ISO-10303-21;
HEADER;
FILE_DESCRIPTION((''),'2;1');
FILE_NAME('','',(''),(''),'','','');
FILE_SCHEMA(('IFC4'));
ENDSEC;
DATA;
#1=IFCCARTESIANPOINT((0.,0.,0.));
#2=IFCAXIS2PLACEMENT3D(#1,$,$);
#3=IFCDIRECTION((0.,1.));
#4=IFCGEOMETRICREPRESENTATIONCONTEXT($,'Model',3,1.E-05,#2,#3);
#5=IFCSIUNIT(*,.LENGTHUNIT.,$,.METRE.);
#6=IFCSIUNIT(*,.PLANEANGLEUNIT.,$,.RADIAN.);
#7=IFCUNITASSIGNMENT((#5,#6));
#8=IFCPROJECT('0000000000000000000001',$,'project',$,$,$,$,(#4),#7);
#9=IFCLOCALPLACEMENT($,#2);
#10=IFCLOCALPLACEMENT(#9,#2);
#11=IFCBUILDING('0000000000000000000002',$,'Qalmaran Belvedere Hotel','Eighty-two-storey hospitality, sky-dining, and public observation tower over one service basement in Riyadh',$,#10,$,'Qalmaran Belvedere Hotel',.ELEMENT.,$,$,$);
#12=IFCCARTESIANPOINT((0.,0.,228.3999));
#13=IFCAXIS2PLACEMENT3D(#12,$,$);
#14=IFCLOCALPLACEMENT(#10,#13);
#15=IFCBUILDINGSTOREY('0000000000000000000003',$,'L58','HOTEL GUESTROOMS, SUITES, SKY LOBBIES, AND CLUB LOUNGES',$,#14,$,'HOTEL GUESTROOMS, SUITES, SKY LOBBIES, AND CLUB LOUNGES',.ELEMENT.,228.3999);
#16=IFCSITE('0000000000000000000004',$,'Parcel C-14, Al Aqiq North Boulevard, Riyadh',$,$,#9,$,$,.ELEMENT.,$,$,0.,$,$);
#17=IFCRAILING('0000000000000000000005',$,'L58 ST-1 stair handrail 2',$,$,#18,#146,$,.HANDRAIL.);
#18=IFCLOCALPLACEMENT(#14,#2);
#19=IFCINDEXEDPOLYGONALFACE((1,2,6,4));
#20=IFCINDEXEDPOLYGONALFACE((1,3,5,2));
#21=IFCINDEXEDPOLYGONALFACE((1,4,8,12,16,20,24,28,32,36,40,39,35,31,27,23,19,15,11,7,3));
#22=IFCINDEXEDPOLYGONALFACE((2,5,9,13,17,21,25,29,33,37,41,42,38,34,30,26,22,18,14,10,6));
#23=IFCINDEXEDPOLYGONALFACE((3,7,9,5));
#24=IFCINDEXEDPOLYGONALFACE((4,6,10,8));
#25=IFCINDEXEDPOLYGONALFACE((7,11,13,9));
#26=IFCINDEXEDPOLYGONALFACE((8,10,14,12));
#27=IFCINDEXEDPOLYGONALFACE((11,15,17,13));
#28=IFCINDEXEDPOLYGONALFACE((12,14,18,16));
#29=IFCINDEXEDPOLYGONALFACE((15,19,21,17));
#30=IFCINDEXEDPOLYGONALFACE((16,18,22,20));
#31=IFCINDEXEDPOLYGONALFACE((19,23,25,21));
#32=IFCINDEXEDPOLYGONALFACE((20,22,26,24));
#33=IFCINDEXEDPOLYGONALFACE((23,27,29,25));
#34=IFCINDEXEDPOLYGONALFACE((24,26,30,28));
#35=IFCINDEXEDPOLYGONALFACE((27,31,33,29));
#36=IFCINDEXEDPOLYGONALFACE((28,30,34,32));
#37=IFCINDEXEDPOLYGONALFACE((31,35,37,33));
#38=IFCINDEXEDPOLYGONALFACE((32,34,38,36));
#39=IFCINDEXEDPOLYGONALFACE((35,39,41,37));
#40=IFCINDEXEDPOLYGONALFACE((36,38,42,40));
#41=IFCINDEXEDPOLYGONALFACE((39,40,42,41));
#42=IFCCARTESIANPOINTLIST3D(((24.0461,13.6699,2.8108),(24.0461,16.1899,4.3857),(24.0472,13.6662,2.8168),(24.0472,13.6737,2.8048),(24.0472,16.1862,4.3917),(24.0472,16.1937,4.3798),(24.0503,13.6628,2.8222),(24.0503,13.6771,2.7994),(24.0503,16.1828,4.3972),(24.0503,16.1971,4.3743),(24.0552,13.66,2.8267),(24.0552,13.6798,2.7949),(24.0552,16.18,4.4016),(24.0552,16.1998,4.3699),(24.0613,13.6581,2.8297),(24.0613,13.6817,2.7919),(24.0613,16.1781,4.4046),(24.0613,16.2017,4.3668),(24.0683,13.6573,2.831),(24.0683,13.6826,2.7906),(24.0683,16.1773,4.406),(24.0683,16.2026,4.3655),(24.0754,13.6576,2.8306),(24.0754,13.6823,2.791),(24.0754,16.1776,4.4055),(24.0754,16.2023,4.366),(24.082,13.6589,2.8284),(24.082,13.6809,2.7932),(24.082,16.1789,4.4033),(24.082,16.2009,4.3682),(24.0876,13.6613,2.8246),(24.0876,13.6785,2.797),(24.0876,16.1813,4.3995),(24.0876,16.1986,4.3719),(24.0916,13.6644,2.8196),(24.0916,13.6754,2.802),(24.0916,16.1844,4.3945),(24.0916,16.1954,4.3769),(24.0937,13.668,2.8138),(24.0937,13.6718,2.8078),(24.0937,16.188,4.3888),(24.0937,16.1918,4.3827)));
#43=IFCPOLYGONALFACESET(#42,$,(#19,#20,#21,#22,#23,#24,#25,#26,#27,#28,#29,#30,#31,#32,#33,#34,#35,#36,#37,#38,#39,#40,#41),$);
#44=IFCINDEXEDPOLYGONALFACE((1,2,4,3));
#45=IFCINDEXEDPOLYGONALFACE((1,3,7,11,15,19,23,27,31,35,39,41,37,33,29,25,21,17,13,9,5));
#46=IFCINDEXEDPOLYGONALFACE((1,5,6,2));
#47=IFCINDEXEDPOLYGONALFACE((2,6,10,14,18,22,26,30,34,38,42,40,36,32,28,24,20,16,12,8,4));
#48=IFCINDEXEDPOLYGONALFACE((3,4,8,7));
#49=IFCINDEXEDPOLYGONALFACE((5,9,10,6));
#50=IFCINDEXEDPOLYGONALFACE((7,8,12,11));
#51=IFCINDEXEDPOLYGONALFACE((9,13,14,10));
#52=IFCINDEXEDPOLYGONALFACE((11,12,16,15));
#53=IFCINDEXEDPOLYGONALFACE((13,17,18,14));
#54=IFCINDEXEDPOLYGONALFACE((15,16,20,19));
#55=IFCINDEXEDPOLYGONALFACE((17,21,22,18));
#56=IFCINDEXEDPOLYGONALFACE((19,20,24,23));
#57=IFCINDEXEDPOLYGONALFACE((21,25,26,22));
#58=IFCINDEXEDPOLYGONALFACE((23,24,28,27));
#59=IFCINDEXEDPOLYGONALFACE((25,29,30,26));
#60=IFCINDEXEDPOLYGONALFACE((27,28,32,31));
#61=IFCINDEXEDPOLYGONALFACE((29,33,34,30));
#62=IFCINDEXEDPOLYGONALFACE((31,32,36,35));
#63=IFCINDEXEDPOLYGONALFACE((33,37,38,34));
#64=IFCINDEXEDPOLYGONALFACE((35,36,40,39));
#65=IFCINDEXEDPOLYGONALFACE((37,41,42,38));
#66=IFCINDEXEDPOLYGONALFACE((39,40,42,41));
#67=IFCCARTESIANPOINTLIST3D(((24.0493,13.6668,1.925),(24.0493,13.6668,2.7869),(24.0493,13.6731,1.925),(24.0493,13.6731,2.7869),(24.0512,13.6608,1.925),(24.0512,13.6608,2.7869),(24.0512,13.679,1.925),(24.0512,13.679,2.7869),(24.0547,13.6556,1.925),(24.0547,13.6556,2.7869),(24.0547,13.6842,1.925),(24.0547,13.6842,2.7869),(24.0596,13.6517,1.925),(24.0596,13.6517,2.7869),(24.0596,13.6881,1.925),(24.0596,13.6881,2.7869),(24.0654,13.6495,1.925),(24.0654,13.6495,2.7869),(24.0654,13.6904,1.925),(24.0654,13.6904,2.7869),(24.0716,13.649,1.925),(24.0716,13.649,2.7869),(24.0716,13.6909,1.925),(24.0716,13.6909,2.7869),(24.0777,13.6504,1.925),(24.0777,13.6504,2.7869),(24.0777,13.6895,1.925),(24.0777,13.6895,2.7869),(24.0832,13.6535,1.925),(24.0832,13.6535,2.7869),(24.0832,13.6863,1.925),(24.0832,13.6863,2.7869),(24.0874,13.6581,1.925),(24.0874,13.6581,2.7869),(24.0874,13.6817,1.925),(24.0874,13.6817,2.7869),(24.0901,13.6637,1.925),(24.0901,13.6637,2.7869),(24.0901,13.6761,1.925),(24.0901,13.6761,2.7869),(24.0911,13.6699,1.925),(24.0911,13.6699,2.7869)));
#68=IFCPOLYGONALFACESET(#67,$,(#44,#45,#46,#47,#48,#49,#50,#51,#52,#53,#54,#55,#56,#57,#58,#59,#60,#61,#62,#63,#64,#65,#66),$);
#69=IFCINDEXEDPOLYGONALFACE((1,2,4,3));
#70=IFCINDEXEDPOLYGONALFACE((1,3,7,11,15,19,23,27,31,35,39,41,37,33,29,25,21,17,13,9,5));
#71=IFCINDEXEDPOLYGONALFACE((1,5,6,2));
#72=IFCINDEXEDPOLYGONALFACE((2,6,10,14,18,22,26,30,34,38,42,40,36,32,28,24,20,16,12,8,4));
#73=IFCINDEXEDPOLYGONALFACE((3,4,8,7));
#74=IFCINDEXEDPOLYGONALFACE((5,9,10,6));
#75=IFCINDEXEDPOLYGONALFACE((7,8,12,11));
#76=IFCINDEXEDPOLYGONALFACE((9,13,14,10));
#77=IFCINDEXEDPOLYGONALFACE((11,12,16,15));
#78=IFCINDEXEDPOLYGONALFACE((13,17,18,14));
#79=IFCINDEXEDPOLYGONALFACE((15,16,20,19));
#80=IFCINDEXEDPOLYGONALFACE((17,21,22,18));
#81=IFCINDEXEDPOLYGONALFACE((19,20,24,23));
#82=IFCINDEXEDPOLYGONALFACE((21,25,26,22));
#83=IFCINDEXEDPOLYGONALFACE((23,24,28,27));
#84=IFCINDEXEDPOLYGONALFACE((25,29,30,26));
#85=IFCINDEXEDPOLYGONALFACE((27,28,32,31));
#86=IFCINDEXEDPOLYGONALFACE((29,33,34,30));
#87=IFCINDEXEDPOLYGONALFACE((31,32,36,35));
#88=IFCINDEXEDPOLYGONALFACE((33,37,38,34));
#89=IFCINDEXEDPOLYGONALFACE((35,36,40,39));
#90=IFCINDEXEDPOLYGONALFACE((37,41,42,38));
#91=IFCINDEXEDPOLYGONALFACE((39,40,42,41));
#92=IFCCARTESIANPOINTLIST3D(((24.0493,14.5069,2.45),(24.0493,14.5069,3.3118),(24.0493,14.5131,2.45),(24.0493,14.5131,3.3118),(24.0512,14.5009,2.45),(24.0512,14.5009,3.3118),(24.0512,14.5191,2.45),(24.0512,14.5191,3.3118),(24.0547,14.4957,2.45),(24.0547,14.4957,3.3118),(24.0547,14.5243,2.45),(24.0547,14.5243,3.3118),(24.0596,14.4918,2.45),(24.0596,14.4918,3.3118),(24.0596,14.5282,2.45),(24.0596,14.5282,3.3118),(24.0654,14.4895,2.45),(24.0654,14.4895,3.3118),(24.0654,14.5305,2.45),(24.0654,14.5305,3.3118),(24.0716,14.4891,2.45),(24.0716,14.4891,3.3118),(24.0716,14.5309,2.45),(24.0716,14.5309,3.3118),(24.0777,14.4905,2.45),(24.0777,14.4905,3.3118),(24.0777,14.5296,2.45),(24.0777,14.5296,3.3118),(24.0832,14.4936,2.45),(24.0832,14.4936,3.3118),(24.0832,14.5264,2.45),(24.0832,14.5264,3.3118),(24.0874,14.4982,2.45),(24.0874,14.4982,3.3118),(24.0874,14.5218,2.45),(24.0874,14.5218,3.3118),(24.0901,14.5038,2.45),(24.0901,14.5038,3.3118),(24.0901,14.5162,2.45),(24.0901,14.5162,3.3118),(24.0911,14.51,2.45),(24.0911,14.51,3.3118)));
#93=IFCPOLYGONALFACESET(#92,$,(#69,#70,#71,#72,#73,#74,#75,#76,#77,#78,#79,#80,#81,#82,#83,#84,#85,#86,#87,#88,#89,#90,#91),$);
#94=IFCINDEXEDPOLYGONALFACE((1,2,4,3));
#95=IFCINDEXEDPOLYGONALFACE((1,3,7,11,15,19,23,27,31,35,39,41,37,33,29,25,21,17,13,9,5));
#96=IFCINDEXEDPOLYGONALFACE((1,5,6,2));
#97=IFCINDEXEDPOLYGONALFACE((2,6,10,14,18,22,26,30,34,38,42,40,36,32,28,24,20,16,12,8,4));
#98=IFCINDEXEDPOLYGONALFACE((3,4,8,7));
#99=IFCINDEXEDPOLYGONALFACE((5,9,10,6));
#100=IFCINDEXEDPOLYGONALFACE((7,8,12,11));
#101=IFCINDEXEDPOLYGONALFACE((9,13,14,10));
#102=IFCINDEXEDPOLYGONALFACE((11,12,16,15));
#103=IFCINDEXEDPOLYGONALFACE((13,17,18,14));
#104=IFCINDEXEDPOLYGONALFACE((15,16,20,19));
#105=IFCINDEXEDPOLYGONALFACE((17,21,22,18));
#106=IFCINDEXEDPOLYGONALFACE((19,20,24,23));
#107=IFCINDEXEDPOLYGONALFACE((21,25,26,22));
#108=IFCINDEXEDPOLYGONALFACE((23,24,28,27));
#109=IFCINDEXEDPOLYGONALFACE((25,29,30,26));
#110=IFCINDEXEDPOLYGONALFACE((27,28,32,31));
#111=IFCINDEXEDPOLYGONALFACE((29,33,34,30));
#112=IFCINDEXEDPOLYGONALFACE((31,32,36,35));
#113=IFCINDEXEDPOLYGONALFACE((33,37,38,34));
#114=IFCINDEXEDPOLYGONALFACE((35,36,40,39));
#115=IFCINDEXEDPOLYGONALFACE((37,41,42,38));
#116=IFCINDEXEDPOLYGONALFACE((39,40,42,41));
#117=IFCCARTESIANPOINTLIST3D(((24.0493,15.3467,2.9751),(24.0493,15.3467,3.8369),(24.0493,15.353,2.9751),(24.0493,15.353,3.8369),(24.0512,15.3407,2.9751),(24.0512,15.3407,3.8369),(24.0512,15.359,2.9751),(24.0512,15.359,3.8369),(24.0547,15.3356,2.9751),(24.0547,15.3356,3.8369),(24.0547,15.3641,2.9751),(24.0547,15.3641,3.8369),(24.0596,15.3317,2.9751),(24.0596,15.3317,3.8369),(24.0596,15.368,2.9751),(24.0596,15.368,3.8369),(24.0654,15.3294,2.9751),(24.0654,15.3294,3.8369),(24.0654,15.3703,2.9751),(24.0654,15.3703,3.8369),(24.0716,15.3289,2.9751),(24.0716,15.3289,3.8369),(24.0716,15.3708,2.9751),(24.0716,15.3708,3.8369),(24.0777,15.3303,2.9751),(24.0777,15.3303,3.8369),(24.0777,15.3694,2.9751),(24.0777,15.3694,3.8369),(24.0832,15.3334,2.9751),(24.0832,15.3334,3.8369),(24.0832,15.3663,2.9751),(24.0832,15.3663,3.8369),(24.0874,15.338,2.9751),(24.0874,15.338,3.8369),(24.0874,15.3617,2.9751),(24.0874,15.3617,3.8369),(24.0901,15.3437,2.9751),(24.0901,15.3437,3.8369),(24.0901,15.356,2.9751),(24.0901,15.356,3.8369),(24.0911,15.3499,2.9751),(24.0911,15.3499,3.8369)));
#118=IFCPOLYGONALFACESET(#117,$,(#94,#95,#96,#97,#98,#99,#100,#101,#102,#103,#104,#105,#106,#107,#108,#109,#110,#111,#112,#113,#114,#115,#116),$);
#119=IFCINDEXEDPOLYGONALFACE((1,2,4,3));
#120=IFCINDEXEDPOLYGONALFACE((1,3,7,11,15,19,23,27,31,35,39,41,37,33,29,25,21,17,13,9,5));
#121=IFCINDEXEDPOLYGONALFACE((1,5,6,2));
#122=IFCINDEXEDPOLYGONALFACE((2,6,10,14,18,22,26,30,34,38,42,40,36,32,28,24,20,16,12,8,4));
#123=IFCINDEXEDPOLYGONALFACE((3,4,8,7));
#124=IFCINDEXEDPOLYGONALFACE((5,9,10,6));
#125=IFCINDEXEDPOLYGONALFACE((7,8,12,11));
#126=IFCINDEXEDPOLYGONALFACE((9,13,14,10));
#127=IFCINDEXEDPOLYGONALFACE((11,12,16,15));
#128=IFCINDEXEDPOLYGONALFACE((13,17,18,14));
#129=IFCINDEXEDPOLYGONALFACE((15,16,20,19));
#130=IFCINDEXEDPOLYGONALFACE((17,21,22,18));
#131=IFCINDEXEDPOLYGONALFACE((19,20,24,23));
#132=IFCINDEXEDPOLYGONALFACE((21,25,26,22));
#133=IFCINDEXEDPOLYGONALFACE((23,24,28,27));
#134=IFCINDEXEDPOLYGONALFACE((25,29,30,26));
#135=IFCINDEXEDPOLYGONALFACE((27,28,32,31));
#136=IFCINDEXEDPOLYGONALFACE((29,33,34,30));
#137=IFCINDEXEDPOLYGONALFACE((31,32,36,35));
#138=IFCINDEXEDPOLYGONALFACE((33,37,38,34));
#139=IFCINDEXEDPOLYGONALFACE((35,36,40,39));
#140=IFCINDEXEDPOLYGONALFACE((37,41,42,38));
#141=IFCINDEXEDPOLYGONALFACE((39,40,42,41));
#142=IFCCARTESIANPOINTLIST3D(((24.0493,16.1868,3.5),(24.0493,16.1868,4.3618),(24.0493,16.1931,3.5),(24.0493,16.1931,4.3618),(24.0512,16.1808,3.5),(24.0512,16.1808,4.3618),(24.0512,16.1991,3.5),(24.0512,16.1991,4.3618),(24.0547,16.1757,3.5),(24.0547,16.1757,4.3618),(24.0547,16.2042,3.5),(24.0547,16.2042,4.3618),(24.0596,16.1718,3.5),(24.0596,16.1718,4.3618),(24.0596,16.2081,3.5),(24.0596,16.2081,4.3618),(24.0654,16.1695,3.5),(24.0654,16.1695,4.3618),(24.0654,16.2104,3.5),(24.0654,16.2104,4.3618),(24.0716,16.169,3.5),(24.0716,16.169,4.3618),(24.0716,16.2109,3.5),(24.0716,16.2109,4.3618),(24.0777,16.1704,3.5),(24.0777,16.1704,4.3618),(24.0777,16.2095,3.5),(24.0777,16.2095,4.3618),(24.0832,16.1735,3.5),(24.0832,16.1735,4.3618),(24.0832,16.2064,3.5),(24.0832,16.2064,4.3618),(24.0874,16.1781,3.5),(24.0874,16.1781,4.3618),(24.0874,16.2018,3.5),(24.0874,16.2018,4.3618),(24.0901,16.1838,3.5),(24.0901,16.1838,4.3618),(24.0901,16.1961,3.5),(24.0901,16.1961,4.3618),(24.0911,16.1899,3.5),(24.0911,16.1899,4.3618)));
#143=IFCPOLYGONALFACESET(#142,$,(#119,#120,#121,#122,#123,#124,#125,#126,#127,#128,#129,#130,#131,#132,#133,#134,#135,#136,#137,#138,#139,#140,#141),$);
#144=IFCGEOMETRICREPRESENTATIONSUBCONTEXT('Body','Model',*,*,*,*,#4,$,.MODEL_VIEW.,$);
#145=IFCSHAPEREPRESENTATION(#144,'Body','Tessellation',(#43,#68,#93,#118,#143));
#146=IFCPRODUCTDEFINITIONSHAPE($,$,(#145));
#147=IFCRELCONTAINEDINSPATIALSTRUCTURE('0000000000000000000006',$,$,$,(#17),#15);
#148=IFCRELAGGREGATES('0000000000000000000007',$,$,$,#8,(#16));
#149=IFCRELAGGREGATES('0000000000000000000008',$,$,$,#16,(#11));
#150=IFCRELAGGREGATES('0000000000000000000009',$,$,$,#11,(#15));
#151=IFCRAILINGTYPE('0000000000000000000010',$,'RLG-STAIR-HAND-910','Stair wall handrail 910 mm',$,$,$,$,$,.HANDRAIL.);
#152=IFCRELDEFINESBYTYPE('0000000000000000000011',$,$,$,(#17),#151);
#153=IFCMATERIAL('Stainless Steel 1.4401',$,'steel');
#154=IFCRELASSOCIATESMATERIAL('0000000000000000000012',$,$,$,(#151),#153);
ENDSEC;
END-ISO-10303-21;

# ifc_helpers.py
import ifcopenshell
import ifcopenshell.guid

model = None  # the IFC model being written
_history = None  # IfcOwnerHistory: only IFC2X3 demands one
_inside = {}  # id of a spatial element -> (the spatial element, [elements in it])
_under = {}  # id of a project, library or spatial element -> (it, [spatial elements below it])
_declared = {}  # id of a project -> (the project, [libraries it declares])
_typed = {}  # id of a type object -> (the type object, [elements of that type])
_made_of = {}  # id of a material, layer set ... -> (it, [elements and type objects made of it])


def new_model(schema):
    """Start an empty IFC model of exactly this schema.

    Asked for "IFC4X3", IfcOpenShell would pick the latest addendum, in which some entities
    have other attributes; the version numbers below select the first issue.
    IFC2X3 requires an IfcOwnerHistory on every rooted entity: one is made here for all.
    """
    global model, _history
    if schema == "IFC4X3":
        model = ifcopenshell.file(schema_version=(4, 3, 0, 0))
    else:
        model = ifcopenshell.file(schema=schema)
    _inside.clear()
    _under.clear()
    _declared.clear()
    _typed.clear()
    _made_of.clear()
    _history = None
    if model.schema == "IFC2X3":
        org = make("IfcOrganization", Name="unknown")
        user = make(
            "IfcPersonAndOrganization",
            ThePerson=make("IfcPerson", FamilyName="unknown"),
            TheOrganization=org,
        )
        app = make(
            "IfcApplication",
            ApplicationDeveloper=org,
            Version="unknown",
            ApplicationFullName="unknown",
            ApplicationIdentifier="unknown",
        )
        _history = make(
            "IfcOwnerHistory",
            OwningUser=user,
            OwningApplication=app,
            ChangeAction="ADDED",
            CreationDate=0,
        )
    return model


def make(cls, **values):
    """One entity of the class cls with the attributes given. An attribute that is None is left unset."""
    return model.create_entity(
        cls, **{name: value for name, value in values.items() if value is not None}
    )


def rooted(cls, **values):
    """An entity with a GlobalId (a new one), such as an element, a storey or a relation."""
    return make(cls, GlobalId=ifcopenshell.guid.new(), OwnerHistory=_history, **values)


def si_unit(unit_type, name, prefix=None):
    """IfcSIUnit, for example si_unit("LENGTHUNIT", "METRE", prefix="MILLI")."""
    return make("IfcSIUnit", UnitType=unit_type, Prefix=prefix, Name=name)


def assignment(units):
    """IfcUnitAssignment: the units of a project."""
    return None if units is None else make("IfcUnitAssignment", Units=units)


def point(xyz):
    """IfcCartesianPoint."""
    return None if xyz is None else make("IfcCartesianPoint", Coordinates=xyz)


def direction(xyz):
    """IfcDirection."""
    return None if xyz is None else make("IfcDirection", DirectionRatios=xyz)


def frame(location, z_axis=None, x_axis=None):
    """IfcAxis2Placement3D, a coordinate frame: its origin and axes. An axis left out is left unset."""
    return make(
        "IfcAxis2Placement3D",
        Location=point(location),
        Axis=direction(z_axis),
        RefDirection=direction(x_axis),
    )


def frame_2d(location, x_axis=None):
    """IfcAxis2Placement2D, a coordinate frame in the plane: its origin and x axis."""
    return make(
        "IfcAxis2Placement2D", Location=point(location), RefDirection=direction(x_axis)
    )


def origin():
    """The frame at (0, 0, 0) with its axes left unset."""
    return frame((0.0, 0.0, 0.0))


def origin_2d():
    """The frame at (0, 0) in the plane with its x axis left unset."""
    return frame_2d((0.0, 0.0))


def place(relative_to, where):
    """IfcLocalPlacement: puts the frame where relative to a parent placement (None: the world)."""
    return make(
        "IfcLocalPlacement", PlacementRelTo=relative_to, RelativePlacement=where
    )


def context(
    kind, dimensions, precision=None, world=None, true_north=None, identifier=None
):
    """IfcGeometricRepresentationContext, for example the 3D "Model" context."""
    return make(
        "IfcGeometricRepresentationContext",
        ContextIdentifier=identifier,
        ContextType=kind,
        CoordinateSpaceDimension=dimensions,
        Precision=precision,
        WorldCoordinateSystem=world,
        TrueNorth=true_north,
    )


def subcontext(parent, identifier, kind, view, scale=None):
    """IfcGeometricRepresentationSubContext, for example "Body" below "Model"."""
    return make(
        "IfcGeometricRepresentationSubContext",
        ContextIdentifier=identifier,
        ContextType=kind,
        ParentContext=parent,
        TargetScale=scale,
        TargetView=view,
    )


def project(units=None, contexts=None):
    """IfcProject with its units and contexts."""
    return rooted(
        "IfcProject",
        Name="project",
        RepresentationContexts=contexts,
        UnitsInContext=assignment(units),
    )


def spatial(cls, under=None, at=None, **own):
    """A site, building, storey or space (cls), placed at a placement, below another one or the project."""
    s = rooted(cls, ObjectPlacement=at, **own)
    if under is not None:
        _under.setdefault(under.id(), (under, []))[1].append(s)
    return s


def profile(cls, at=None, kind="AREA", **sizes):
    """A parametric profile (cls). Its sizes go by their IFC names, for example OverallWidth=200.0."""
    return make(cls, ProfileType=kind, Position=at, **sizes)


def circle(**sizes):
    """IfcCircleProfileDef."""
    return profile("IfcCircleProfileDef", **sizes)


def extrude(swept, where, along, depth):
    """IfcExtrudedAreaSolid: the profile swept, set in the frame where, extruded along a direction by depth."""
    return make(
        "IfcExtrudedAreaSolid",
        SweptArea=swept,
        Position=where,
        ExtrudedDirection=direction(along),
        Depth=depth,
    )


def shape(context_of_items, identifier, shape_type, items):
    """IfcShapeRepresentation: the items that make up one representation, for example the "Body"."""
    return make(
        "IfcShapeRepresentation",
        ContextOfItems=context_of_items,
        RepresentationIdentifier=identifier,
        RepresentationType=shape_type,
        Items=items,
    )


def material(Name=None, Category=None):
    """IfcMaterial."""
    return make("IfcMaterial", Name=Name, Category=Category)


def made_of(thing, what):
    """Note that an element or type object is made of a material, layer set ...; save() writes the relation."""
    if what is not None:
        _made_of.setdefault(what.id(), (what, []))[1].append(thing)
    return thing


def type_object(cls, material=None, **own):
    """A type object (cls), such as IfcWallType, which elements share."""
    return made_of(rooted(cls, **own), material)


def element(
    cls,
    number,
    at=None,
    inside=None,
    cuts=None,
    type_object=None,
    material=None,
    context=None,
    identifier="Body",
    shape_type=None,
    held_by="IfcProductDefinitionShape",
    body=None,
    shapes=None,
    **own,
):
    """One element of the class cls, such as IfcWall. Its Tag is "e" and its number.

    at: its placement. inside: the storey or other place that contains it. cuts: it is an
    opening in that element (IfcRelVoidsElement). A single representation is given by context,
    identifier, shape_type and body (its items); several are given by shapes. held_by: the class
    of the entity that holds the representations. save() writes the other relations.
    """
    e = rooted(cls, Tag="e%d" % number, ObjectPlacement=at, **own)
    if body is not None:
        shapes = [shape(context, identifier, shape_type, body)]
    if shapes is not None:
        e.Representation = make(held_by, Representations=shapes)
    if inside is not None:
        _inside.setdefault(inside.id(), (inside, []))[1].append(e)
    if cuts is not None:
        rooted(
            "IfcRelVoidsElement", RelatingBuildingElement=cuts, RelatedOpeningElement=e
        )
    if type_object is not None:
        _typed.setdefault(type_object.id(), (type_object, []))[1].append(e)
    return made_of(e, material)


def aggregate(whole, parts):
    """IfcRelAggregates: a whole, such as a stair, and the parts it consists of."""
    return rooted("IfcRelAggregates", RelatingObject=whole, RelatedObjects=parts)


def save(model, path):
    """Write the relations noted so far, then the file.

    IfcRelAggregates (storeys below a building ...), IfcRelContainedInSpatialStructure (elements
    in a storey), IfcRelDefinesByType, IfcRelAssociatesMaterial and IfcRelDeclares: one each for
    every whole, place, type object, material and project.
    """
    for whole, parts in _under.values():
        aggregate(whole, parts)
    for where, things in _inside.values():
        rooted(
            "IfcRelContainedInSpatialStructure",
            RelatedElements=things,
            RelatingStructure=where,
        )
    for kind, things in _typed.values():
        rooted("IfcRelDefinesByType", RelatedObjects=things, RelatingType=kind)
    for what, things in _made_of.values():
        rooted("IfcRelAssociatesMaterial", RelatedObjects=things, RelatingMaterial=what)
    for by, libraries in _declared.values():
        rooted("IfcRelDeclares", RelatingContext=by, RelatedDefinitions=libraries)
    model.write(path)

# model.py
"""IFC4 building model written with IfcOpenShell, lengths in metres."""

from ifc_helpers import new_model, si_unit, direction, frame, origin, origin_2d, place, context, subcontext, project, spatial, circle, extrude, material, type_object, element, save


model = new_model("IFC4")

# Units and contexts
model_context = context("Model", 3, precision=1e-05, world=origin(), true_north=direction((0.0, 1.0)))
body_context = subcontext(model_context, "Body", "Model", "MODEL_VIEW")
ifc_project = project(units=[si_unit("LENGTHUNIT", "METRE"), si_unit("PLANEANGLEUNIT", "RADIAN")], contexts=[model_context])

# Site, building, storey
site_placement = place(None, origin())
site = spatial("IfcSite", under=ifc_project, at=site_placement, Name="Parcel C-14, Al Aqiq North Boulevard, Riyadh", CompositionType="ELEMENT", RefElevation=0.0)
building_placement = place(site_placement, origin())
building = spatial("IfcBuilding", under=site, at=building_placement, Name="Qalmaran Belvedere Hotel", Description="Eighty-two-storey hospitality, sky-dining, and public observation tower over one service basement in Riyadh", LongName="Qalmaran Belvedere Hotel", CompositionType="ELEMENT")
storey_placement = place(building_placement, frame((0.0, 0.0, 228.3999)))
storey = spatial("IfcBuildingStorey", under=building, at=storey_placement, Name="L58", Description="HOTEL GUESTROOMS, SUITES, SKY LOBBIES, AND CLUB LOUNGES", LongName="HOTEL GUESTROOMS, SUITES, SKY LOBBIES, AND CLUB LOUNGES", CompositionType="ELEMENT", Elevation=228.3999)

# Shared definitions
ifc_material_1 = material(Name="Stainless Steel 1.4401", Category="steel")

# Railing
railing_type_1 = type_object("IfcRailingType", Name="RLG-STAIR-HAND-910", Description="Stair wall handrail 910 mm", PredefinedType="HANDRAIL", material=ifc_material_1)
railing_1_placement = place(storey_placement, frame((24.0701, 13.6699, 1.925)))
element("IfcRailing", 1, at=railing_1_placement, inside=storey, type_object=railing_type_1, Name="L58 ST-1 stair handrail 2", PredefinedType="HANDRAIL", context=body_context, shape_type="SweptSolid", body=[
    extrude(circle(Radius=0.0239, at=origin_2d()), frame((0.0, 0.0, 0.8857), z_axis=(0.0, 0.848008, 0.529984), x_axis=(-1.0, 0.0, 0.0)), (0.0, 0.0, 1.0), 2.9717),
    extrude(circle(Radius=0.021, at=origin_2d()), origin(), (0.0, 0.0, 1.0), 0.8618),
    extrude(circle(Radius=0.021, at=origin_2d()), frame((0.0, 0.8401, 0.5249)), (0.0, 0.0, 1.0), 0.8618),
    extrude(circle(Radius=0.021, at=origin_2d()), frame((0.0, 1.6799, 1.05)), (0.0, 0.0, 1.0), 0.8618),
    extrude(circle(Radius=0.021, at=origin_2d()), frame((0.0, 2.52, 1.575)), (0.0, 0.0, 1.0), 0.8618),
])

save(model, "model.ifc")
